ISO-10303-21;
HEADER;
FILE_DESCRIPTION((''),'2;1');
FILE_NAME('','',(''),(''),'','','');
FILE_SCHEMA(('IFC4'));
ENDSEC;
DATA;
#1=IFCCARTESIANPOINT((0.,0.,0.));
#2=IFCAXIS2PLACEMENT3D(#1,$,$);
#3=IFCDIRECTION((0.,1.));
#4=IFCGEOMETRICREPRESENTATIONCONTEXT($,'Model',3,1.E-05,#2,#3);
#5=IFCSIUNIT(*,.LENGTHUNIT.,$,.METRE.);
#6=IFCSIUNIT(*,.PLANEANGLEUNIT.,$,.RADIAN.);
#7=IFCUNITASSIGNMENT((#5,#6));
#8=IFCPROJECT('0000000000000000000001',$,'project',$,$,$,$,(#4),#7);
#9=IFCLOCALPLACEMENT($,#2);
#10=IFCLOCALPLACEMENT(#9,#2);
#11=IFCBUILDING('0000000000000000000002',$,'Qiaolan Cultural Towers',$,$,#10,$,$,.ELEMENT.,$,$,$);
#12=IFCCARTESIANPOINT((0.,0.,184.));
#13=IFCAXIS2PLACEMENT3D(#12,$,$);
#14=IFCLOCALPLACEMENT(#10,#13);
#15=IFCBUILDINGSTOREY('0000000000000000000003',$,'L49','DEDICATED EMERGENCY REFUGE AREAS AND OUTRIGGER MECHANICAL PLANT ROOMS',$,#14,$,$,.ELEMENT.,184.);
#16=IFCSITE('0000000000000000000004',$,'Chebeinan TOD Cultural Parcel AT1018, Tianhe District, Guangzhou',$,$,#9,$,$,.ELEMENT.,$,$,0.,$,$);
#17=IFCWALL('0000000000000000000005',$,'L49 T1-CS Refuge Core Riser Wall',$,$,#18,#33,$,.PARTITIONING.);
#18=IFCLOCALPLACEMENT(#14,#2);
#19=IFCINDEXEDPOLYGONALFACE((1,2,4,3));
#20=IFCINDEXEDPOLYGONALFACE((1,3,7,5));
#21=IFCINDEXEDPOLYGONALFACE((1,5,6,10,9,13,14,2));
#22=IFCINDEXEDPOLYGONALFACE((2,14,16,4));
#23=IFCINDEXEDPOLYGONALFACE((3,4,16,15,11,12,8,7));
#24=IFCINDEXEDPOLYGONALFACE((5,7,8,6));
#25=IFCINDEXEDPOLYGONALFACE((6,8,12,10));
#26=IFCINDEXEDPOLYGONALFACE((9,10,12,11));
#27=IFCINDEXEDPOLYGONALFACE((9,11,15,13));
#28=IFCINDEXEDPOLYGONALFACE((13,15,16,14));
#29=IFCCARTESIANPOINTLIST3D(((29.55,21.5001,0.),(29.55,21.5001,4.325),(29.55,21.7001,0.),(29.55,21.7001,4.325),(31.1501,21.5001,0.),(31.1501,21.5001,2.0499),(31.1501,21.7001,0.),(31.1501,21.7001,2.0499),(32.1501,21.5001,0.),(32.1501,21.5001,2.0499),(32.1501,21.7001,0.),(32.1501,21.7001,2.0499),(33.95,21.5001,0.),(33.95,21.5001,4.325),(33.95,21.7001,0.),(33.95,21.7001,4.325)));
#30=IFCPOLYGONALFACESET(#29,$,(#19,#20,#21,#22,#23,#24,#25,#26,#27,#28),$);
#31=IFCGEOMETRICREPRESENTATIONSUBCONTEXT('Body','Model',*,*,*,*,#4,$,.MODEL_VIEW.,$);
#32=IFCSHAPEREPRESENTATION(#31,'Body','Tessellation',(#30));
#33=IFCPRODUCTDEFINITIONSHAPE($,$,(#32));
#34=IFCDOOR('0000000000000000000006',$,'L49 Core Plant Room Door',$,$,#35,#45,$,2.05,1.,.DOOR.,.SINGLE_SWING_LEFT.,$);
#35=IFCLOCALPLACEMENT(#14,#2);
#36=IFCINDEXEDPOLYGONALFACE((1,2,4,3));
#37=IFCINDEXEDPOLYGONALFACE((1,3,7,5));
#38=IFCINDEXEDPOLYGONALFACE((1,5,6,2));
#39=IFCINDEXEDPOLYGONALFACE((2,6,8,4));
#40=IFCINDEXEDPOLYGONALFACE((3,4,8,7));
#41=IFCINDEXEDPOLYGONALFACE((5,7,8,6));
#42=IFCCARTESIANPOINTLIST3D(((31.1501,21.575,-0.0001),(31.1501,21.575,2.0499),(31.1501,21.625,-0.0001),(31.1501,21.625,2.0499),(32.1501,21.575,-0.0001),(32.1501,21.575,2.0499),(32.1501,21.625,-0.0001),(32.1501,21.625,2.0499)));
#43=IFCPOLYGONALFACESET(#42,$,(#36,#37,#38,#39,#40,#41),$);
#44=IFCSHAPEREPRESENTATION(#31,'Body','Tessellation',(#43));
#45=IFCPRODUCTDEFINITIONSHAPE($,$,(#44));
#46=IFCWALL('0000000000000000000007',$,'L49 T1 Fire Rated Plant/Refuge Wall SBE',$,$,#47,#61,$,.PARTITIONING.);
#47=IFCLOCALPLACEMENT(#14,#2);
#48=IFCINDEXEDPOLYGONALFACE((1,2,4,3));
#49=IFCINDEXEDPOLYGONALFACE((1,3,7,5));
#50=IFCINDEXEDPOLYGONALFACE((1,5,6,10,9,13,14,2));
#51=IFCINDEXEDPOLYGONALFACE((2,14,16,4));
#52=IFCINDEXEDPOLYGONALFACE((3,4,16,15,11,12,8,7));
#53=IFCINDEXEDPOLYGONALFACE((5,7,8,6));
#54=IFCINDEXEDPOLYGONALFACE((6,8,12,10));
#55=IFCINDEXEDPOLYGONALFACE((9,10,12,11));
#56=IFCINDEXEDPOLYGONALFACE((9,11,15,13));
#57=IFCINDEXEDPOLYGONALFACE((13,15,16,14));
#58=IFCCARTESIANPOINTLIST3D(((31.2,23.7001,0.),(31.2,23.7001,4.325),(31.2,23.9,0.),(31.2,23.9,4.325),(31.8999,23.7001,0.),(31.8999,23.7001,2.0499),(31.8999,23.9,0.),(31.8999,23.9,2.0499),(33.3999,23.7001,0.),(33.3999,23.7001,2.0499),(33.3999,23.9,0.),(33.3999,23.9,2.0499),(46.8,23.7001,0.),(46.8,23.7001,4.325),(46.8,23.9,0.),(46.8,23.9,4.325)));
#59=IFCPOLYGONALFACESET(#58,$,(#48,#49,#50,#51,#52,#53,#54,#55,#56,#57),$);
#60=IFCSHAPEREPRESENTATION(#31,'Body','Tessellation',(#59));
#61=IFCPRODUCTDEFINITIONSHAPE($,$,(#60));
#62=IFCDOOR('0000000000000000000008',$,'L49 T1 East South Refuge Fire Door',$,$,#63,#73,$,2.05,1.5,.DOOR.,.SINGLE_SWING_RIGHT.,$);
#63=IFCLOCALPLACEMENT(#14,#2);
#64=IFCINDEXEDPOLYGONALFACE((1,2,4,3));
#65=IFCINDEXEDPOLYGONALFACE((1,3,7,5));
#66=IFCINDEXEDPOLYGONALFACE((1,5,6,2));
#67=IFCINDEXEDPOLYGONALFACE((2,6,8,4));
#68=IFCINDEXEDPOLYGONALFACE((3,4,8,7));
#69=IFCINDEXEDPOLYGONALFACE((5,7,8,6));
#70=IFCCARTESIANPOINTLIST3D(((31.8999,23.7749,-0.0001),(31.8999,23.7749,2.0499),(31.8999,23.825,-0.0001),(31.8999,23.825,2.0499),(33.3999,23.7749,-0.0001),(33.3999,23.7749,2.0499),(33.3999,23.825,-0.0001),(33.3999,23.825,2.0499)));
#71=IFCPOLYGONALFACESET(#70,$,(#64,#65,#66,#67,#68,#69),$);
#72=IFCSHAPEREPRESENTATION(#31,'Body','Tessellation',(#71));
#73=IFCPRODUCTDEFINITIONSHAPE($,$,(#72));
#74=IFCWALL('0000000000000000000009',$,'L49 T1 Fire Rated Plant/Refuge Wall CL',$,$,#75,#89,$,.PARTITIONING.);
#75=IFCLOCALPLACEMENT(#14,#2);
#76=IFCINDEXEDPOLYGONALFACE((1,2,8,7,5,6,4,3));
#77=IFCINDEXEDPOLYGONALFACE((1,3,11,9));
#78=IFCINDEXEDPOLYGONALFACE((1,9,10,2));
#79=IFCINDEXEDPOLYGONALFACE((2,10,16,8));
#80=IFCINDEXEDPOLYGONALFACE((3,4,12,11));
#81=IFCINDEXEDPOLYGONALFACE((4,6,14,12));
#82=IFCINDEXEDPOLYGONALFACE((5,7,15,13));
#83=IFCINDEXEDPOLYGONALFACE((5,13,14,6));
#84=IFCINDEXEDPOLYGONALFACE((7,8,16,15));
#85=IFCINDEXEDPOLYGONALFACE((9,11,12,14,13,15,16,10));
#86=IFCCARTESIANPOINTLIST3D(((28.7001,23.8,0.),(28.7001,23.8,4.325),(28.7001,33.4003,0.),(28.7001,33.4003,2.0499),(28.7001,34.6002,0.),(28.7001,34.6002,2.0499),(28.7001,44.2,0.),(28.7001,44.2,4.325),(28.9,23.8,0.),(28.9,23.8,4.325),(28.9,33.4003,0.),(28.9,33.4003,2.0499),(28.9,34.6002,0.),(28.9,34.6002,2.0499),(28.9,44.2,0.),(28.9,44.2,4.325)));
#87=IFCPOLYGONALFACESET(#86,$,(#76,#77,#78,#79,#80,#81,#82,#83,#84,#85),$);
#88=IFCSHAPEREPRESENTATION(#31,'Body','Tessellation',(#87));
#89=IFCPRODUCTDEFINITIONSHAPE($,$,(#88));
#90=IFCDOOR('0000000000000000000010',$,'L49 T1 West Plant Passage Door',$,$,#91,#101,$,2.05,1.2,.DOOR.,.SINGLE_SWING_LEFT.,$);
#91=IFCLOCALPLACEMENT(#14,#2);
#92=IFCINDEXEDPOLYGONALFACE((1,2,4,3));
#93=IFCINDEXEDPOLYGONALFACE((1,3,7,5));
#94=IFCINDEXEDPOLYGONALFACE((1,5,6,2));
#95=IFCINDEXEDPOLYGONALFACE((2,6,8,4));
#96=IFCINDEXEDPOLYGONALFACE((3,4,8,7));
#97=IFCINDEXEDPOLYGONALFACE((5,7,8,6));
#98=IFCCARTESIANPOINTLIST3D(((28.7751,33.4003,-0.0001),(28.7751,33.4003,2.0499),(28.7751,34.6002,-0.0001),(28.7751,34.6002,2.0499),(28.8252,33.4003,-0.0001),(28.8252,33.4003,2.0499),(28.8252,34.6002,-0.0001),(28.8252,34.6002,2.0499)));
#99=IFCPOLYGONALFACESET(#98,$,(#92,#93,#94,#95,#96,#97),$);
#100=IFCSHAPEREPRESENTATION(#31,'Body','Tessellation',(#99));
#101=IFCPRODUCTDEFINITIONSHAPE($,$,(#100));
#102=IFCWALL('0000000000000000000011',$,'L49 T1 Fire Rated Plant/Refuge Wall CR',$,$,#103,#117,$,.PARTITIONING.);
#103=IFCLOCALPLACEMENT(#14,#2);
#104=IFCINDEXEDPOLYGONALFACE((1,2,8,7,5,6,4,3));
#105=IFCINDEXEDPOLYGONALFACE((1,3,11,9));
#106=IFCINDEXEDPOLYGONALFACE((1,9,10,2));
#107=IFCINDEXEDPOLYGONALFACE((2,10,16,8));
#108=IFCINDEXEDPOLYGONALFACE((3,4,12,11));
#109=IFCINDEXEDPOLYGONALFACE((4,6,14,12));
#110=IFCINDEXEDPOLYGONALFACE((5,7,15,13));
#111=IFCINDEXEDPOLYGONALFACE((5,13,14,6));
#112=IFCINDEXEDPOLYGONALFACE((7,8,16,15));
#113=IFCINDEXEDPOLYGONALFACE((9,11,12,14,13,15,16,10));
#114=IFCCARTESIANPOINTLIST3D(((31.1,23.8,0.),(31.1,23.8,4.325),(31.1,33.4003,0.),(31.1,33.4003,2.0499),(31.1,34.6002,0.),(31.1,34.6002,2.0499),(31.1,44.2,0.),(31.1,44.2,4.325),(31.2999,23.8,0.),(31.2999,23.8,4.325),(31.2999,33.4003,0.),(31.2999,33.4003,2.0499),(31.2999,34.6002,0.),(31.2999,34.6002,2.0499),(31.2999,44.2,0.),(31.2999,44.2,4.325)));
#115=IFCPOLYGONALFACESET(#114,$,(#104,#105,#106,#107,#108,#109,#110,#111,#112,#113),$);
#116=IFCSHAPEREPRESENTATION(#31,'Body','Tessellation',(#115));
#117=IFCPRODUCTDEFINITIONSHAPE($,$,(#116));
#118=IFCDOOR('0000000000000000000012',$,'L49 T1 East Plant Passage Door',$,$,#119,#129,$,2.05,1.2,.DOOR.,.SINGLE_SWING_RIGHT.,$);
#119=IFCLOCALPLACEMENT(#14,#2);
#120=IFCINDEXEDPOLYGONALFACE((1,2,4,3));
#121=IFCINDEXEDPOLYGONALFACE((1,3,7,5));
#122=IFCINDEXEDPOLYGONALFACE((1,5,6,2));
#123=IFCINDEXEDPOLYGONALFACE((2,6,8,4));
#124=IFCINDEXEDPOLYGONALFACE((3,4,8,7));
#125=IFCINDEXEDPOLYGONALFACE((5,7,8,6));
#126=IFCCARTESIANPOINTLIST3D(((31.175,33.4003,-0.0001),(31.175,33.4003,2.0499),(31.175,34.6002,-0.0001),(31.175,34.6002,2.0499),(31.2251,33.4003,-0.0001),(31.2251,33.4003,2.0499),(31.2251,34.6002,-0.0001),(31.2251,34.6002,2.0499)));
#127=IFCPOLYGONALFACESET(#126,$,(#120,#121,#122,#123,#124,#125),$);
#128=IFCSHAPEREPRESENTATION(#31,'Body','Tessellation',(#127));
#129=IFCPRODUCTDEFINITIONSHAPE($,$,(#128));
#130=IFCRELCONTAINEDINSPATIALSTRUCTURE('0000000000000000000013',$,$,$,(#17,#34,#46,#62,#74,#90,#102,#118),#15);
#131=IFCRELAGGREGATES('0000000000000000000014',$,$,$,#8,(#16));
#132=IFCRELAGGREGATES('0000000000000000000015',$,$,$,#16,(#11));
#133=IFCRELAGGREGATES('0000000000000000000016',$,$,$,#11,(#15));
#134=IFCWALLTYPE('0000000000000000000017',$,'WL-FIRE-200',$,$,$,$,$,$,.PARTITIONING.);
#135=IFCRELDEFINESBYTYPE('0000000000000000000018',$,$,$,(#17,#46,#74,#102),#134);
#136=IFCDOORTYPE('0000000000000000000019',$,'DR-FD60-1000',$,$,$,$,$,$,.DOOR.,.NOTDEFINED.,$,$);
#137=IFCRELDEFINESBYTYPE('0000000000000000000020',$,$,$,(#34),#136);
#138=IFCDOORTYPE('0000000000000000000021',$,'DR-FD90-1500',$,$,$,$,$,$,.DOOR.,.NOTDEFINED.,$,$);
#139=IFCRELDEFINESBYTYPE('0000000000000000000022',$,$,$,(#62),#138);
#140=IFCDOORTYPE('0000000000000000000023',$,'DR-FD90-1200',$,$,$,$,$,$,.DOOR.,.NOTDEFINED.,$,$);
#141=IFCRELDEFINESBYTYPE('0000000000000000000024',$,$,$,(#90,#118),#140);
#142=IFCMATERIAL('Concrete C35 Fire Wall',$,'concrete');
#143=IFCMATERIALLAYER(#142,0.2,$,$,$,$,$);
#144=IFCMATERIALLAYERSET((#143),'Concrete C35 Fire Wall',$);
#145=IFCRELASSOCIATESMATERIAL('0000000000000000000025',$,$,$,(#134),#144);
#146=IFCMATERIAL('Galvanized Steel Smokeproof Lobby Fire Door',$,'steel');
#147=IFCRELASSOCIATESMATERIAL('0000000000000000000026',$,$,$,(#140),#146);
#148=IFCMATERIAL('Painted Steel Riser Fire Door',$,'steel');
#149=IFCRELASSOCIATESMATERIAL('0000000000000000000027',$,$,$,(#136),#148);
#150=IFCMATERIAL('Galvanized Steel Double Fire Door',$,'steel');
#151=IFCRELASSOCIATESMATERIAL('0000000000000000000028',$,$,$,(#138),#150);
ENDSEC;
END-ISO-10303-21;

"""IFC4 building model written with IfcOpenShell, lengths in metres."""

from ifc_helpers import new_model, si_unit, direction, frame, frame_2d, origin, place, context, subcontext, project, spatial, rectangle, extrude, material, layer, layer_set, type_object, element, fill, save


model = new_model("IFC4")

# Units and contexts
model_context = context("Model", 3, precision=1e-05, world=origin(), true_north=direction((0.0, 1.0)))
body_context = subcontext(model_context, "Body", "Model", "MODEL_VIEW")
ifc_project = project(units=[si_unit("LENGTHUNIT", "METRE"), si_unit("PLANEANGLEUNIT", "RADIAN")], contexts=[model_context])

# Site, building, storey
site_placement = place(None, origin())
site = spatial("IfcSite", under=ifc_project, at=site_placement, Name="Chebeinan TOD Cultural Parcel AT1018, Tianhe District, Guangzhou", CompositionType="ELEMENT", RefElevation=0.0)
building_placement = place(site_placement, origin())
building = spatial("IfcBuilding", under=site, at=building_placement, Name="Qiaolan Cultural Towers", CompositionType="ELEMENT")
storey_placement = place(building_placement, frame((0.0, 0.0, 184.0)))
storey = spatial("IfcBuildingStorey", under=building, at=storey_placement, Name="L49", Description="DEDICATED EMERGENCY REFUGE AREAS AND OUTRIGGER MECHANICAL PLANT ROOMS", CompositionType="ELEMENT", Elevation=184.0)

# Shared definitions
ifc_material_1 = material(Name="Concrete C35 Fire Wall", Category="concrete")
ifc_layer_1 = layer(ifc_material_1, 0.2)
ifc_layer_set_1 = layer_set([ifc_layer_1], Name="Concrete C35 Fire Wall")
wall_type_1 = type_object("IfcWallType", Name="WL-FIRE-200", PredefinedType="PARTITIONING", material=ifc_layer_set_1)

# Walls, openings, doors
ifc_material_2 = material(Name="Galvanized Steel Smokeproof Lobby Fire Door", Category="steel")
door_type_1 = type_object("IfcDoorType", Name="DR-FD90-1200", OperationType="NOTDEFINED", PredefinedType="DOOR", material=ifc_material_2)
wall_1_placement = place(storey_placement, frame((29.55, 21.6001, 0.0), z_axis=(0.0, 0.0, 1.0), x_axis=(1.0, 0.0, 0.0)))
wall_1 = element("IfcWall", 1, at=wall_1_placement, inside=storey, type_object=wall_type_1, Name="L49 T1-CS Refuge Core Riser Wall", PredefinedType="PARTITIONING", context=body_context, shape_type="SweptSolid", body=[
    extrude(rectangle(XDim=4.3999, YDim=0.2, at=frame_2d((2.2, 0.0))), origin(), (0.0, 0.0, 1.0), 4.325),
])
opening_1_placement = place(wall_1_placement, frame((1.6001, 0.0, 0.0)))
opening_1 = element("IfcOpeningElement", 2, at=opening_1_placement, cuts=wall_1, PredefinedType="OPENING", context=body_context, shape_type="SweptSolid", body=[
    extrude(rectangle(XDim=1.0, YDim=2.05, at=frame_2d((0.5, 1.0249))), frame((0.0, 0.1099, 0.0), z_axis=(0.0, -1.0, 0.0), x_axis=(1.0, 0.0, 0.0)), (0.0, 0.0, 1.0), 0.22),
])
ifc_material_3 = material(Name="Painted Steel Riser Fire Door", Category="steel")
door_type_2 = type_object("IfcDoorType", Name="DR-FD60-1000", OperationType="NOTDEFINED", PredefinedType="DOOR", material=ifc_material_3)
door_1_placement = place(opening_1_placement, origin())
door_1 = element("IfcDoor", 3, at=door_1_placement, inside=storey, type_object=door_type_2, Name="L49 Core Plant Room Door", OperationType="SINGLE_SWING_LEFT", OverallHeight=2.05, OverallWidth=1.0, PredefinedType="DOOR", context=body_context, shape_type="SweptSolid", body=[
    extrude(rectangle(XDim=1.0, YDim=2.05, at=frame_2d((0.5, 1.0249))), frame((0.0, 0.0249, 0.0), z_axis=(0.0, -1.0, 0.0), x_axis=(1.0, 0.0, 0.0)), (0.0, 0.0, 1.0), 0.05),
])
fill(opening_1, door_1)
wall_2_placement = place(storey_placement, frame((31.2, 23.8, 0.0), z_axis=(0.0, 0.0, 1.0), x_axis=(1.0, 0.0, 0.0)))
wall_2 = element("IfcWall", 4, at=wall_2_placement, inside=storey, type_object=wall_type_1, Name="L49 T1 Fire Rated Plant/Refuge Wall SBE", PredefinedType="PARTITIONING", context=body_context, shape_type="SweptSolid", body=[
    extrude(rectangle(XDim=15.6001, YDim=0.2, at=frame_2d((7.8, 0.0))), origin(), (0.0, 0.0, 1.0), 4.325),
])
opening_2_placement = place(wall_2_placement, frame((0.7, 0.0, 0.0)))
opening_2 = element("IfcOpeningElement", 5, at=opening_2_placement, cuts=wall_2, PredefinedType="OPENING", context=body_context, shape_type="SweptSolid", body=[
    extrude(rectangle(XDim=1.5, YDim=2.05, at=frame_2d((0.75, 1.0249))), frame((0.0, 0.1099, 0.0), z_axis=(0.0, -1.0, 0.0), x_axis=(1.0, 0.0, 0.0)), (0.0, 0.0, 1.0), 0.22),
])
ifc_material_4 = material(Name="Galvanized Steel Double Fire Door", Category="steel")
door_type_3 = type_object("IfcDoorType", Name="DR-FD90-1500", OperationType="NOTDEFINED", PredefinedType="DOOR", material=ifc_material_4)
door_2_placement = place(opening_2_placement, origin())
door_2 = element("IfcDoor", 6, at=door_2_placement, inside=storey, type_object=door_type_3, Name="L49 T1 East South Refuge Fire Door", OperationType="SINGLE_SWING_RIGHT", OverallHeight=2.05, OverallWidth=1.5, PredefinedType="DOOR", context=body_context, shape_type="SweptSolid", body=[
    extrude(rectangle(XDim=1.5, YDim=2.05, at=frame_2d((0.75, 1.0249))), frame((0.0, 0.0249, 0.0), z_axis=(0.0, -1.0, 0.0), x_axis=(1.0, 0.0, 0.0)), (0.0, 0.0, 1.0), 0.05),
])
fill(opening_2, door_2)
wall_3_placement = place(storey_placement, frame((28.8, 23.8, 0.0), z_axis=(0.0, 0.0, 1.0), x_axis=(0.0, 1.0, 0.0)))
wall_3 = element("IfcWall", 7, at=wall_3_placement, inside=storey, type_object=wall_type_1, Name="L49 T1 Fire Rated Plant/Refuge Wall CL", PredefinedType="PARTITIONING", context=body_context, shape_type="SweptSolid", body=[
    extrude(rectangle(XDim=20.3999, YDim=0.2, at=frame_2d((10.2, 0.0))), origin(), (0.0, 0.0, 1.0), 4.325),
])
opening_3_placement = place(wall_3_placement, frame((9.6001, 0.0, 0.0)))
opening_3 = element("IfcOpeningElement", 8, at=opening_3_placement, cuts=wall_3, PredefinedType="OPENING", context=body_context, shape_type="SweptSolid", body=[
    extrude(rectangle(XDim=1.2, YDim=2.05, at=frame_2d((0.6001, 1.0249))), frame((0.0, 0.1099, 0.0), z_axis=(0.0, -1.0, 0.0), x_axis=(1.0, 0.0, 0.0)), (0.0, 0.0, 1.0), 0.22),
])
door_3_placement = place(opening_3_placement, origin())
door_3 = element("IfcDoor", 9, at=door_3_placement, inside=storey, type_object=door_type_1, Name="L49 T1 West Plant Passage Door", OperationType="SINGLE_SWING_LEFT", OverallHeight=2.05, OverallWidth=1.2, PredefinedType="DOOR", context=body_context, shape_type="SweptSolid", body=[
    extrude(rectangle(XDim=1.2, YDim=2.05, at=frame_2d((0.6001, 1.0249))), frame((0.0, 0.0249, 0.0), z_axis=(0.0, -1.0, 0.0), x_axis=(1.0, 0.0, 0.0)), (0.0, 0.0, 1.0), 0.05),
])
fill(opening_3, door_3)
wall_4_placement = place(storey_placement, frame((31.2, 23.8, 0.0), z_axis=(0.0, 0.0, 1.0), x_axis=(0.0, 1.0, 0.0)))
wall_4 = element("IfcWall", 10, at=wall_4_placement, inside=storey, type_object=wall_type_1, Name="L49 T1 Fire Rated Plant/Refuge Wall CR", PredefinedType="PARTITIONING", context=body_context, shape_type="SweptSolid", body=[
    extrude(rectangle(XDim=20.3999, YDim=0.2, at=frame_2d((10.2, 0.0))), origin(), (0.0, 0.0, 1.0), 4.325),
])
opening_4_placement = place(wall_4_placement, frame((9.6001, 0.0, 0.0)))
opening_4 = element("IfcOpeningElement", 11, at=opening_4_placement, cuts=wall_4, PredefinedType="OPENING", context=body_context, shape_type="SweptSolid", body=[
    extrude(rectangle(XDim=1.2, YDim=2.05, at=frame_2d((0.6001, 1.0249))), frame((0.0, 0.1099, 0.0), z_axis=(0.0, -1.0, 0.0), x_axis=(1.0, 0.0, 0.0)), (0.0, 0.0, 1.0), 0.22),
])
door_4_placement = place(opening_4_placement, origin())
door_4 = element("IfcDoor", 12, at=door_4_placement, inside=storey, type_object=door_type_1, Name="L49 T1 East Plant Passage Door", OperationType="SINGLE_SWING_RIGHT", OverallHeight=2.05, OverallWidth=1.2, PredefinedType="DOOR", context=body_context, shape_type="SweptSolid", body=[
    extrude(rectangle(XDim=1.2, YDim=2.05, at=frame_2d((0.6001, 1.0249))), frame((0.0, 0.0249, 0.0), z_axis=(0.0, -1.0, 0.0), x_axis=(1.0, 0.0, 0.0)), (0.0, 0.0, 1.0), 0.05),
])
fill(opening_4, door_4)

save(model, "model.ifc")
